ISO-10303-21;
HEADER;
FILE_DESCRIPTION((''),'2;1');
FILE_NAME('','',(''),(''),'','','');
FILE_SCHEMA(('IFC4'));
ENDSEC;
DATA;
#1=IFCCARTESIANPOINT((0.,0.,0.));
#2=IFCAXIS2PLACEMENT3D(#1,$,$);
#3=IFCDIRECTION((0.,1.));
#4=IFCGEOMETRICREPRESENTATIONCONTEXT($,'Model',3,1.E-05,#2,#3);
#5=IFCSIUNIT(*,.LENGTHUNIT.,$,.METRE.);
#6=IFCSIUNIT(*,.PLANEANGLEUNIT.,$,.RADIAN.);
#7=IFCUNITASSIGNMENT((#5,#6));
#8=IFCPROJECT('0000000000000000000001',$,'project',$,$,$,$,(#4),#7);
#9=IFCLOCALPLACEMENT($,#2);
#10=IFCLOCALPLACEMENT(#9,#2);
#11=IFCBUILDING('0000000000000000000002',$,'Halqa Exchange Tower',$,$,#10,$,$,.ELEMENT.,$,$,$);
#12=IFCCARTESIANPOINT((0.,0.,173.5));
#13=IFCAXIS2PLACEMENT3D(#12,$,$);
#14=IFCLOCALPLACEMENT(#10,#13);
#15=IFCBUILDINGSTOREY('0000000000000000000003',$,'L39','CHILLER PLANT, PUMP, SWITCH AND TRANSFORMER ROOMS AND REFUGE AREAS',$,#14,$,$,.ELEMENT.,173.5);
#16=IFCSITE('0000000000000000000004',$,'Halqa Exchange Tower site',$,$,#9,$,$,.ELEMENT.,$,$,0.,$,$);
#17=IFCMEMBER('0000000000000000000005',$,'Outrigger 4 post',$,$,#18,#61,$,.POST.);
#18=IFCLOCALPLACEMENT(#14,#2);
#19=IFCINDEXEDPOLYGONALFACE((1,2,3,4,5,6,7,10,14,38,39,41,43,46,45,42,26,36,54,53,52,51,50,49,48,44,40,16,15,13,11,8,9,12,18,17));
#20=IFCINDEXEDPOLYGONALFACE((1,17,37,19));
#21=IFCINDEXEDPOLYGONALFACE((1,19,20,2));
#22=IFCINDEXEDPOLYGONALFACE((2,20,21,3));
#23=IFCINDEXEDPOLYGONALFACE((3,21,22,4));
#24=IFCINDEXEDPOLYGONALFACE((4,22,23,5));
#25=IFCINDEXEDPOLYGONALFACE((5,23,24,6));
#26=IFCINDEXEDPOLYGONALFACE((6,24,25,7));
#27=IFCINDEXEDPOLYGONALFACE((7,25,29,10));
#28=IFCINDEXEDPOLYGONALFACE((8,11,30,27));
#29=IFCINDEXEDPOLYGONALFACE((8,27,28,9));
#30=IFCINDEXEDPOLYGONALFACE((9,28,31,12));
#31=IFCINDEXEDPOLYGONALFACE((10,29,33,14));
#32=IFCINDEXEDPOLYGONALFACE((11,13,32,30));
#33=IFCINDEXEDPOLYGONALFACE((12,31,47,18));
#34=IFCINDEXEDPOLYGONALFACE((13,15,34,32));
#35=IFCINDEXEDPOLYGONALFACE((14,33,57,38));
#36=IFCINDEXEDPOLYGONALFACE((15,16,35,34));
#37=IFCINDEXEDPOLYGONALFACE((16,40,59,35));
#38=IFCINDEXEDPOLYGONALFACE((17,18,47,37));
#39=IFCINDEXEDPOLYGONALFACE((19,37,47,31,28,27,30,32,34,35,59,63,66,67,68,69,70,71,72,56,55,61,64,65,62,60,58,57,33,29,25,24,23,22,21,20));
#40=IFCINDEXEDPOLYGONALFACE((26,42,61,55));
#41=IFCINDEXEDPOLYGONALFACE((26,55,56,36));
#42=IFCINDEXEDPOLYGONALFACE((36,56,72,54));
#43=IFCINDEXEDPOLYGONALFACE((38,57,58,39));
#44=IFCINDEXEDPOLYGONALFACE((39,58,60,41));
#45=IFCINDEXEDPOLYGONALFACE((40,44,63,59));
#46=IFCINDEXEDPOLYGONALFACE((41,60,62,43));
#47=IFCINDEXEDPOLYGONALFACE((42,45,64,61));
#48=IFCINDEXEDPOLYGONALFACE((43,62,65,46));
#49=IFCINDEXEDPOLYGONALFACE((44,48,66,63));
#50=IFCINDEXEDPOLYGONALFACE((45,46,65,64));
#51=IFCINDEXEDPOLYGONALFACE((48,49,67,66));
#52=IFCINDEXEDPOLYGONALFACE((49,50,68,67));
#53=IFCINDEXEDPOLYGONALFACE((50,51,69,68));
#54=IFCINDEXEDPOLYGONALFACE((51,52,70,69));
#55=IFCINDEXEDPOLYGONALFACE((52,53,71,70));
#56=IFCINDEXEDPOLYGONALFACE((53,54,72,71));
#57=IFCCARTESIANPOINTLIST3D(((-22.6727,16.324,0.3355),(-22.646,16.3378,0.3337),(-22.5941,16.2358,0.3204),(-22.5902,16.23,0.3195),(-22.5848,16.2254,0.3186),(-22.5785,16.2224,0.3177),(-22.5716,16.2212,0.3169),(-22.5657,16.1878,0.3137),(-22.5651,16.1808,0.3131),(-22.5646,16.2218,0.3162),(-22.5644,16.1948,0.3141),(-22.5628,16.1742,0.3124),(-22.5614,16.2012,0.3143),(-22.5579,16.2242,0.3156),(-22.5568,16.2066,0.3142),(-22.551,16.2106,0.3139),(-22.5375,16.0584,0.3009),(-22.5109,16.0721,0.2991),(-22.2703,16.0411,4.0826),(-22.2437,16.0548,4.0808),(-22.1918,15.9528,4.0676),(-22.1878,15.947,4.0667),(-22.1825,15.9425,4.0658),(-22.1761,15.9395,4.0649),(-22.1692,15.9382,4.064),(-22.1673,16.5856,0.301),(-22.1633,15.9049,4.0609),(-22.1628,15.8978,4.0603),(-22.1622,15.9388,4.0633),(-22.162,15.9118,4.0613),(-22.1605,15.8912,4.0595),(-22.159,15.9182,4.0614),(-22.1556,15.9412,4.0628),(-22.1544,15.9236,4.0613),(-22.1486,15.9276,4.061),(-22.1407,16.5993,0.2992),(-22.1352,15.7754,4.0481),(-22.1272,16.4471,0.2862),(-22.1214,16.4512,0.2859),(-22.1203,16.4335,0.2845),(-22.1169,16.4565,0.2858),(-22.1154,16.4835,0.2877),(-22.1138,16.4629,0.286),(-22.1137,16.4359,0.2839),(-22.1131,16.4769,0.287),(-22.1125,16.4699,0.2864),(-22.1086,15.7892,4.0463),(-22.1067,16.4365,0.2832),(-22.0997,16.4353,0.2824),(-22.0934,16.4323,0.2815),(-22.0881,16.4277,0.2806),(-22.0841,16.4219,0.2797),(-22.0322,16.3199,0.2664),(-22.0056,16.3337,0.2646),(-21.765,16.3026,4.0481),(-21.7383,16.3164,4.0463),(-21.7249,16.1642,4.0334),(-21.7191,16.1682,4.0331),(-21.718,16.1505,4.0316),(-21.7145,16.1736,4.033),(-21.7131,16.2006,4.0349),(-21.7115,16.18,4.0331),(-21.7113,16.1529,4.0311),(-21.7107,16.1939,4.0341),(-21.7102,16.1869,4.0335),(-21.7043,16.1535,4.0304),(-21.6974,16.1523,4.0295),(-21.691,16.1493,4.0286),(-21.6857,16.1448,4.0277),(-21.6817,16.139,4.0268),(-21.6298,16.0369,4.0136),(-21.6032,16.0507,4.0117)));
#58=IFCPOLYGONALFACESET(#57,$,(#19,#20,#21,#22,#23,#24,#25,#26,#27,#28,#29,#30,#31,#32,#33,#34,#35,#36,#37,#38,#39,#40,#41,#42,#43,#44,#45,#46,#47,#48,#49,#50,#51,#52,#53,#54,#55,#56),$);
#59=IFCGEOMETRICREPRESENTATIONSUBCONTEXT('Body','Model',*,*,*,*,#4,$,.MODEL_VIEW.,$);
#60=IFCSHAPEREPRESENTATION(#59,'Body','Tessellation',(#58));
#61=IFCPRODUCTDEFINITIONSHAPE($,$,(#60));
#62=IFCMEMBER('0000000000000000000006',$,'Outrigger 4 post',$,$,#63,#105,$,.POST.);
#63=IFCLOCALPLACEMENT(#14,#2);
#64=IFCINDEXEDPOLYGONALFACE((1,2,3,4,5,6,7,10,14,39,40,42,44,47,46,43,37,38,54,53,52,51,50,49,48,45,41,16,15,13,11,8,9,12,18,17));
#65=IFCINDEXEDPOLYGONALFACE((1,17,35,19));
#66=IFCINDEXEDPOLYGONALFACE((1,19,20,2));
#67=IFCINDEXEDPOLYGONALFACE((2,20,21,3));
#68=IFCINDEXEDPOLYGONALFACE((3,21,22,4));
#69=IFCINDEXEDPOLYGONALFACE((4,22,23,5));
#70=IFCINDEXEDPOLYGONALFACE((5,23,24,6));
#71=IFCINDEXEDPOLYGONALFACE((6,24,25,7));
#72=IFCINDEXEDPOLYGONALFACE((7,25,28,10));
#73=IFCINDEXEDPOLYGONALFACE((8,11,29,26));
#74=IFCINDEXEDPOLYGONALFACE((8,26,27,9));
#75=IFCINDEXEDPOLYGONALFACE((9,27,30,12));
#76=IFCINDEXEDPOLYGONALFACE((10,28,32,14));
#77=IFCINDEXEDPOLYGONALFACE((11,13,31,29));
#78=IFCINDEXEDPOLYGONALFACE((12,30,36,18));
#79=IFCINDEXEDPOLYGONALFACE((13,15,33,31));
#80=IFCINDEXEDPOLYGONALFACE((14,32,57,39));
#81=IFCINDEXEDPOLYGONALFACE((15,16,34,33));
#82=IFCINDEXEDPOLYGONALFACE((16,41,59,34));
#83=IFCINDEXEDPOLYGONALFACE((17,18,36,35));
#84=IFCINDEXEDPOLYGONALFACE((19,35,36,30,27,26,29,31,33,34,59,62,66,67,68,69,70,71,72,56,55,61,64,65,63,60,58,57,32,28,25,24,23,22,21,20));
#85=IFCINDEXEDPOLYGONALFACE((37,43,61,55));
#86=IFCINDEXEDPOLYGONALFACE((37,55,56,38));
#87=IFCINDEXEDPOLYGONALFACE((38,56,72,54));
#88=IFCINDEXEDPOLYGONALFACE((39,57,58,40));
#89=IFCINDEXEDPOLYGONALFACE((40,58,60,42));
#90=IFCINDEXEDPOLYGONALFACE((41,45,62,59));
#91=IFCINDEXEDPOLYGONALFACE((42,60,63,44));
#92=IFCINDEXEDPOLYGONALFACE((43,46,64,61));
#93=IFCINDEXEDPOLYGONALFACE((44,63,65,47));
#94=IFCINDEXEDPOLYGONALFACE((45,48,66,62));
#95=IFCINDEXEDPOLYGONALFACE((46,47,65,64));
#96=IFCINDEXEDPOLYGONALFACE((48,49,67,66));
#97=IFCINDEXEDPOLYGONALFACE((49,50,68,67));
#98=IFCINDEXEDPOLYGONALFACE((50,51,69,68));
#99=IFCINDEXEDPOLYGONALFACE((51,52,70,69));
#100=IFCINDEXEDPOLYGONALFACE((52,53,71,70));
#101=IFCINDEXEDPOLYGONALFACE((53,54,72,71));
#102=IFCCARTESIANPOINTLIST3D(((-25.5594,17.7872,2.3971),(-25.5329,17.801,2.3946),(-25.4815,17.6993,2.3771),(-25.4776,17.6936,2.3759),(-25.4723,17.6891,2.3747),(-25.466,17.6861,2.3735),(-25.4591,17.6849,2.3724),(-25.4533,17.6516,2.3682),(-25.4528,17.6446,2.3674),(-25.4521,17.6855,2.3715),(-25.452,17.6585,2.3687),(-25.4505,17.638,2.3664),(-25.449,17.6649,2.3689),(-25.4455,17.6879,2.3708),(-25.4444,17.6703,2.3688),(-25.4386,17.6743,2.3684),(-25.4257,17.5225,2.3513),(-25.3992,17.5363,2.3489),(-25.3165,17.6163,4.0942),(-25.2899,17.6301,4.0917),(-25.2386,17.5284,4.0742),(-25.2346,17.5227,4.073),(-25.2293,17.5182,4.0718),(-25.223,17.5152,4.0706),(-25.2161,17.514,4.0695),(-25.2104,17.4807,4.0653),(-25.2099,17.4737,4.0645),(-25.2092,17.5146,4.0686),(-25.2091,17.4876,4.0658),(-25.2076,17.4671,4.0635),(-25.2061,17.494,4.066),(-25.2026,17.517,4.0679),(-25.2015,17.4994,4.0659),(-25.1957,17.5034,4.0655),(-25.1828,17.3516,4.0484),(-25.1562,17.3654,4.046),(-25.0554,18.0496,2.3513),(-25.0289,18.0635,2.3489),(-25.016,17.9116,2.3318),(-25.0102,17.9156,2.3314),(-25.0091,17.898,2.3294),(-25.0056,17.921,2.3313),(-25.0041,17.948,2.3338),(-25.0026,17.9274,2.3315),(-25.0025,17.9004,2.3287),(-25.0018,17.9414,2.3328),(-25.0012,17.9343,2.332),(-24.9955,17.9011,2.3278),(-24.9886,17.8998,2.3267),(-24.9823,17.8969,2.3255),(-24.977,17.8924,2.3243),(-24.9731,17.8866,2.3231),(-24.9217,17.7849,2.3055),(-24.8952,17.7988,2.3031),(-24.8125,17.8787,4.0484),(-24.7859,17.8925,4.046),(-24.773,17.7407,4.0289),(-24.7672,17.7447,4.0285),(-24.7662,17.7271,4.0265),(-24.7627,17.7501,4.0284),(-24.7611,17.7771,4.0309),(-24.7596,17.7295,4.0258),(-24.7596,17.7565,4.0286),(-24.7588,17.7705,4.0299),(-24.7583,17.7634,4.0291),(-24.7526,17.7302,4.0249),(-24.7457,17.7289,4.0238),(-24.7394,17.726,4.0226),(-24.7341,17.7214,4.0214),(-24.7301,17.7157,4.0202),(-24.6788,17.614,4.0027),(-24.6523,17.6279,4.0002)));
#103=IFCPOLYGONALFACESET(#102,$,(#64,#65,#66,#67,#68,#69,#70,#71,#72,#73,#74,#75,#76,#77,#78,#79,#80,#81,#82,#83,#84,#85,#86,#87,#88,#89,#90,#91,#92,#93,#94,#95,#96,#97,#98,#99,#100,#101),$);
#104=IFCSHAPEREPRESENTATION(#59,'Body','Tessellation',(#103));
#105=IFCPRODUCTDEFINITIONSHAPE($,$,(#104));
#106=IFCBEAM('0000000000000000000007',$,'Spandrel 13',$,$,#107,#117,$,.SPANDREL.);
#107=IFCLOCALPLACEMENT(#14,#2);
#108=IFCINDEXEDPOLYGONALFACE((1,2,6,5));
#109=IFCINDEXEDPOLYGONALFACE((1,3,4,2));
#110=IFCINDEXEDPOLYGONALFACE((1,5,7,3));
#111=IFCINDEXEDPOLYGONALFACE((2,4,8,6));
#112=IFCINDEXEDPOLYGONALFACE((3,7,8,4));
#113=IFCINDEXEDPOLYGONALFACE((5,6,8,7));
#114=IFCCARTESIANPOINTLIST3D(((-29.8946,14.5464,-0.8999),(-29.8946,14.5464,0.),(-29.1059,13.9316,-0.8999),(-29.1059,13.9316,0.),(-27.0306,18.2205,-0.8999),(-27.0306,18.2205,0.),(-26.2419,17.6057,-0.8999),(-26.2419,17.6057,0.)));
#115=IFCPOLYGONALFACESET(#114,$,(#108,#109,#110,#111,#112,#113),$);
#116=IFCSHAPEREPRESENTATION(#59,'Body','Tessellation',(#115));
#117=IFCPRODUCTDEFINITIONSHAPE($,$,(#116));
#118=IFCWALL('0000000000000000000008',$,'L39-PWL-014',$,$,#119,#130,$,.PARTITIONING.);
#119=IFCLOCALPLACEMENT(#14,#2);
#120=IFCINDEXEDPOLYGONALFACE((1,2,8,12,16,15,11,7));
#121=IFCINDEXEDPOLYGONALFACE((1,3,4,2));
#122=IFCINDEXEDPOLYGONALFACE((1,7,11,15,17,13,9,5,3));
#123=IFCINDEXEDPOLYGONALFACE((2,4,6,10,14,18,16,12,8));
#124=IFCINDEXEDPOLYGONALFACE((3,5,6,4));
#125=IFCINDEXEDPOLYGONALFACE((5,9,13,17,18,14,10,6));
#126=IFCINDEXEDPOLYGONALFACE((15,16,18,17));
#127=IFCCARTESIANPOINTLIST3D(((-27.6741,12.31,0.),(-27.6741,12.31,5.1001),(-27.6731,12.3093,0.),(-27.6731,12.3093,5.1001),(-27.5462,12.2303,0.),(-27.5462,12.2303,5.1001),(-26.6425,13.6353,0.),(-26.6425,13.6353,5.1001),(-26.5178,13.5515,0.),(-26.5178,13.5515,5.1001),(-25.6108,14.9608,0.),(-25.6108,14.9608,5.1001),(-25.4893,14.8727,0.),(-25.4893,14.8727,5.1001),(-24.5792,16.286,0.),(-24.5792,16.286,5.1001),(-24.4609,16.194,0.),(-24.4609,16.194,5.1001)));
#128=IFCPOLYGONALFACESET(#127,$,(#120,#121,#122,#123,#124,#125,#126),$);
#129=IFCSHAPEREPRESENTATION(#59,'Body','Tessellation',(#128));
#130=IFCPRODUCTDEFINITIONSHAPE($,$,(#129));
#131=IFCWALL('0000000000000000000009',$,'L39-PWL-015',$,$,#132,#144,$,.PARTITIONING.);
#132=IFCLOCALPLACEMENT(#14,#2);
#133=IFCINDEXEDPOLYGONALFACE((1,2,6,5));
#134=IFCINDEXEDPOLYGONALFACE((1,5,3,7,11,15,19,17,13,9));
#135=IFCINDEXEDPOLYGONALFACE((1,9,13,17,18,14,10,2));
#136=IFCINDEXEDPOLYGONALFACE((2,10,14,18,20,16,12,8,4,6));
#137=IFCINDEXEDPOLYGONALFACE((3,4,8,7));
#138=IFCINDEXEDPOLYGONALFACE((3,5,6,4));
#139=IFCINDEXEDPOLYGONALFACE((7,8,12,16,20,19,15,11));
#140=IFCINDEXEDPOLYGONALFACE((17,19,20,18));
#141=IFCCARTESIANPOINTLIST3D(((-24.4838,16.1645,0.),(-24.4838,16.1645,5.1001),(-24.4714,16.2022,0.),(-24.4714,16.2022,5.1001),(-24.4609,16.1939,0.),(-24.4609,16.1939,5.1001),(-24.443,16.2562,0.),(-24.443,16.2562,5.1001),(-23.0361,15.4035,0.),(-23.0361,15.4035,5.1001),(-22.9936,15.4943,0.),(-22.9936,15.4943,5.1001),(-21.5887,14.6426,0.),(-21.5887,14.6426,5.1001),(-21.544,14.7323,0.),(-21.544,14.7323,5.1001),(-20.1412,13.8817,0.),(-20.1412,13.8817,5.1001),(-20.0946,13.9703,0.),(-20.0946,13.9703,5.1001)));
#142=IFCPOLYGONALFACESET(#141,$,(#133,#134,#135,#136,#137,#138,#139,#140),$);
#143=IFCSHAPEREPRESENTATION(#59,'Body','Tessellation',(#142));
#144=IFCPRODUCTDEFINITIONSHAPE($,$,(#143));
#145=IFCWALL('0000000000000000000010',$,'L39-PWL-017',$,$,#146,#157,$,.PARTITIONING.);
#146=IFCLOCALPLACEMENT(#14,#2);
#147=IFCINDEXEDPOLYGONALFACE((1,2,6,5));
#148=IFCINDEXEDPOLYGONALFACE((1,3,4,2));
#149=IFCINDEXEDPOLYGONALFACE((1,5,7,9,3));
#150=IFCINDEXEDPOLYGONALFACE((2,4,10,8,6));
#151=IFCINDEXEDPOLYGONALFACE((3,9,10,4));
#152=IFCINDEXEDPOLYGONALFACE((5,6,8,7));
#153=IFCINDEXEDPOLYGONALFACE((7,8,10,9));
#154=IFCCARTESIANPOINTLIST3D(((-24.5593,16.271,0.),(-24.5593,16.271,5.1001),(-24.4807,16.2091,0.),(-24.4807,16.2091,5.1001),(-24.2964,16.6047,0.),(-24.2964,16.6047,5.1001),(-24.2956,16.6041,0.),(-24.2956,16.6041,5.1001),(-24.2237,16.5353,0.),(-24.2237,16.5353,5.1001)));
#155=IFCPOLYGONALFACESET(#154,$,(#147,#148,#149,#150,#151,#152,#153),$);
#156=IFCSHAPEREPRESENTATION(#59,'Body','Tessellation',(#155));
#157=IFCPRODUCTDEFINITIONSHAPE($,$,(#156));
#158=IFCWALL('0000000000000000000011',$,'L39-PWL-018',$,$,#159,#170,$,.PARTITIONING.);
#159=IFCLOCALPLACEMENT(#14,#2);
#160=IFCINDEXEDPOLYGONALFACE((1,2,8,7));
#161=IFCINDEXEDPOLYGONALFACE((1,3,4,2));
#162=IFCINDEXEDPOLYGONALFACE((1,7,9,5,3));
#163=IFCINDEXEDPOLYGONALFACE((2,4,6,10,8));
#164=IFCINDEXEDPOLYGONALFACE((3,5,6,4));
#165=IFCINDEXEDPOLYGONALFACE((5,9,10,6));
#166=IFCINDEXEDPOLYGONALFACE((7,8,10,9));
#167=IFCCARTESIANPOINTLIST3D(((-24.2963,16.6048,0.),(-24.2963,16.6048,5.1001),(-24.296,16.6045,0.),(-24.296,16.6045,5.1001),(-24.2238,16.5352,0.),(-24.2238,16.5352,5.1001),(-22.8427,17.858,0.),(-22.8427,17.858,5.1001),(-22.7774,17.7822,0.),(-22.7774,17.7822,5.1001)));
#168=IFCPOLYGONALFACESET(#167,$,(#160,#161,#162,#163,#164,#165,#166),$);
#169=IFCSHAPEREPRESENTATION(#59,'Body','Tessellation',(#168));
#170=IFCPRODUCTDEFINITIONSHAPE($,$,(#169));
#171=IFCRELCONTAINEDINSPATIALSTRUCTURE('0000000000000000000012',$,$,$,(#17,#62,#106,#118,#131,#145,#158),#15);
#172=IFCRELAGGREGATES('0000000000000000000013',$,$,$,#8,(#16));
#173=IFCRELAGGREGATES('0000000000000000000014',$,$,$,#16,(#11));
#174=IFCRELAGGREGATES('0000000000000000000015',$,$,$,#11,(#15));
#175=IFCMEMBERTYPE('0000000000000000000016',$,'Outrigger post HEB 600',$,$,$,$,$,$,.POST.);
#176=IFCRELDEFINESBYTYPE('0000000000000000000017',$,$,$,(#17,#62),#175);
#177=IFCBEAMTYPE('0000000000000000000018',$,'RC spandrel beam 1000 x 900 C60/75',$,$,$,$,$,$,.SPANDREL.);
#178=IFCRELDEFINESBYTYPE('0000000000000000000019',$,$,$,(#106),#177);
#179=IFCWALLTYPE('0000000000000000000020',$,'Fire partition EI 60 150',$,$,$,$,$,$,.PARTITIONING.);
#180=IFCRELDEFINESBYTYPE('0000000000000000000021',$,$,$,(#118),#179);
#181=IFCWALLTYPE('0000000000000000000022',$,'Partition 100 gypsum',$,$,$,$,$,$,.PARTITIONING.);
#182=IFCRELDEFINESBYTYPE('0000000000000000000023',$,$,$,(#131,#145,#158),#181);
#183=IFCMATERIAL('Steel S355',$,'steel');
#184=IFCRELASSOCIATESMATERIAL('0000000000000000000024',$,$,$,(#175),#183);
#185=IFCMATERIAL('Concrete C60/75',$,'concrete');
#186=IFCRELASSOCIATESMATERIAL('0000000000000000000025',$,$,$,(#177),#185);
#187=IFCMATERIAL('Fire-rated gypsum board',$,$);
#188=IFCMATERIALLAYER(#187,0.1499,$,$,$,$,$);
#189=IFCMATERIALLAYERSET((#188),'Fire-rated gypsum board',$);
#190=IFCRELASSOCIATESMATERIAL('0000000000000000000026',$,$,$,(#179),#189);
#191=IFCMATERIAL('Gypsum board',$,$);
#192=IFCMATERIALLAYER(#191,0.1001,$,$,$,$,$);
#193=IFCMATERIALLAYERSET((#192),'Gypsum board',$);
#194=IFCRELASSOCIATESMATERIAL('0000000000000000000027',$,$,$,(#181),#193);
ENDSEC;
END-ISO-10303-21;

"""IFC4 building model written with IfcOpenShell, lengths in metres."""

from ifc_helpers import new_model, si_unit, direction, frame, origin, origin_2d, place, context, subcontext, project, spatial, polyline, rectangle, i_section, outline, extrude, material, layer, layer_set, material_profile, profile_set, type_object, element, save


model = new_model("IFC4")

# Units and contexts
model_context = context("Model", 3, precision=1e-05, world=origin(), true_north=direction((0.0, 1.0)))
body_context = subcontext(model_context, "Body", "Model", "MODEL_VIEW")
ifc_project = project(units=[si_unit("LENGTHUNIT", "METRE"), si_unit("PLANEANGLEUNIT", "RADIAN")], contexts=[model_context])

# Site, building, storey
site_placement = place(None, origin())
site = spatial("IfcSite", under=ifc_project, at=site_placement, Name="Halqa Exchange Tower site", CompositionType="ELEMENT", RefElevation=0.0)
building_placement = place(site_placement, origin())
building = spatial("IfcBuilding", under=site, at=building_placement, Name="Halqa Exchange Tower", CompositionType="ELEMENT")
storey_placement = place(building_placement, frame((0.0, 0.0, 173.5)))
storey = spatial("IfcBuildingStorey", under=building, at=storey_placement, Name="L39", Description="CHILLER PLANT, PUMP, SWITCH AND TRANSFORMER ROOMS AND REFUGE AREAS", CompositionType="ELEMENT", Elevation=173.5)

# Members
ifc_material_1 = material(Name="Steel S355", Category="steel")
ifc_material_profile_1 = material_profile(ifc_material_1, i_section(OverallWidth=0.3, OverallDepth=0.6001, WebThickness=0.0154, FlangeThickness=0.03, FilletRadius=0.0271, at=origin_2d()), Name="HEB 600")
ifc_profile_set_1 = profile_set([ifc_material_profile_1], Name="Steel S355")
member_type_1 = type_object("IfcMemberType", Name="Outrigger post HEB 600", PredefinedType="POST", material=ifc_profile_set_1)
member_1_placement = place(storey_placement, frame((-22.3391, 16.3289, 0.3), z_axis=(0.106462, -0.074872, 0.991494), x_axis=(0.450367, -0.885378, -0.115217)))
element("IfcMember", 1, at=member_1_placement, inside=storey, type_object=member_type_1, Name="Outrigger 4 post", PredefinedType="POST", context=body_context, shape_type="SweptSolid", body=[
    extrude(i_section(OverallWidth=0.3, OverallDepth=0.6001, WebThickness=0.0154, FlangeThickness=0.03, FilletRadius=0.0271, at=origin_2d()), origin(), (0.0, 0.0, 1.0), 3.7793),
])
member_2_placement = place(storey_placement, frame((-25.2273, 17.793, 2.3501), z_axis=(0.141002, -0.099197, 0.985027), x_axis=(0.445542, -0.882157, -0.152615)))
element("IfcMember", 2, at=member_2_placement, inside=storey, type_object=member_type_1, Name="Outrigger 4 post", PredefinedType="POST", context=body_context, shape_type="SweptSolid", body=[
    extrude(i_section(OverallWidth=0.3, OverallDepth=0.6001, WebThickness=0.0154, FlangeThickness=0.03, FilletRadius=0.0271, at=origin_2d()), origin(), (0.0, 0.0, 1.0), 1.7229),
])

# Beam
ifc_material_2 = material(Name="Concrete C60/75", Category="concrete")
ifc_material_profile_2 = material_profile(ifc_material_2, rectangle(XDim=1.0, YDim=0.8999, at=origin_2d()), Name="1000 x 900")
ifc_profile_set_2 = profile_set([ifc_material_profile_2], Name="Concrete C60/75")
beam_type = type_object("IfcBeamType", Name="RC spandrel beam 1000 x 900 C60/75", PredefinedType="SPANDREL", material=ifc_profile_set_2)
beam_placement = place(storey_placement, frame((-26.6362, 17.9131, -0.45), z_axis=(-0.614797, -0.788686, 0.0), x_axis=(0.788686, -0.614797, 0.0)))
element("IfcBeam", 3, at=beam_placement, inside=storey, type_object=beam_type, Name="Spandrel 13", PredefinedType="SPANDREL", context=body_context, shape_type="SweptSolid", body=[
    extrude(rectangle(XDim=1.0, YDim=0.8999, at=origin_2d()), origin(), (0.0, 0.0, 1.0), 4.6584),
])

# Walls
ifc_material_3 = material(Name="Fire-rated gypsum board")
ifc_layer_1 = layer(ifc_material_3, 0.1499)
ifc_layer_set_1 = layer_set([ifc_layer_1], Name="Fire-rated gypsum board")
wall_type_1 = type_object("IfcWallType", Name="Fire partition EI 60 150", PredefinedType="PARTITIONING", material=ifc_layer_set_1)
wall_1_placement = place(storey_placement, frame((-24.52, 16.24, 0.0), z_axis=(0.0, 0.0, 1.0), x_axis=(-0.614246, -0.789115, 0.0)))
element("IfcWall", 4, at=wall_1_placement, inside=storey, type_object=wall_type_1, Name="L39-PWL-014", PredefinedType="PARTITIONING", context=body_context, shape_type="SweptSolid", body=[
    extrude(outline(polyline([(5.0386, -0.075), (5.0386, -0.0737), (5.0229, 0.075), (3.3486, 0.075), (1.6743, 0.075), (0.0, 0.075), (0.0, -0.075), (1.6794, -0.075), (3.3591, -0.075), (5.0386, -0.075)])), origin(), (0.0, 0.0, 1.0), 5.1001),
])
ifc_material_4 = material(Name="Gypsum board")
ifc_layer_2 = layer(ifc_material_4, 0.1001)
ifc_layer_set_2 = layer_set([ifc_layer_2], Name="Gypsum board")
wall_type_2 = type_object("IfcWallType", Name="Partition 100 gypsum", PredefinedType="PARTITIONING", material=ifc_layer_set_2)
wall_2_placement = place(storey_placement, frame((-24.4663, 16.2119, 0.0), z_axis=(0.0, 0.0, 1.0), x_axis=(0.885148, -0.46531, 0.0)))
element("IfcWall", 5, at=wall_2_placement, inside=storey, type_object=wall_type_2, Name="L39-PWL-015", PredefinedType="PARTITIONING", context=body_context, shape_type="SweptSolid", body=[
    extrude(outline(polyline([(0.0, 0.05), (0.0, -0.011), (0.0132, -0.0134), (0.0066, -0.05), (1.6421, -0.05), (3.2773, -0.05), (4.9126, -0.05), (4.9126, 0.05), (3.2751, 0.05), (1.6375, 0.05), (0.0, 0.05)])), origin(), (0.0, 0.0, 1.0), 5.1001),
])
wall_3_placement = place(storey_placement, frame((-24.2571, 16.5737, 0.0), z_axis=(0.0, 0.0, 1.0), x_axis=(-0.618861, -0.7855, 0.0)))
element("IfcWall", 6, at=wall_3_placement, inside=storey, type_object=wall_type_2, Name="L39-PWL-017", PredefinedType="PARTITIONING", context=body_context, shape_type="SweptSolid", body=[
    extrude(outline(polyline([(0.4248, 0.05), (0.0095, 0.05), (0.0, -0.0491), (0.0, -0.05), (0.4248, -0.05), (0.4248, 0.05)])), origin(), (0.0, 0.0, 1.0), 5.1001),
])
wall_4_placement = place(storey_placement, frame((-22.8101, 17.8201, 0.0), z_axis=(0.0, 0.0, 1.0), x_axis=(-0.757395, -0.652957, 0.0)))
element("IfcWall", 7, at=wall_4_placement, inside=storey, type_object=wall_type_2, Name="L39-PWL-018", PredefinedType="PARTITIONING", context=body_context, shape_type="SweptSolid", body=[
    extrude(outline(polyline([(1.9192, -0.05), (1.9192, -0.0496), (1.9097, 0.05), (0.0, 0.05), (0.0, -0.05), (1.9192, -0.05)])), origin(), (0.0, 0.0, 1.0), 5.1001),
])

save(model, "model.ifc")
